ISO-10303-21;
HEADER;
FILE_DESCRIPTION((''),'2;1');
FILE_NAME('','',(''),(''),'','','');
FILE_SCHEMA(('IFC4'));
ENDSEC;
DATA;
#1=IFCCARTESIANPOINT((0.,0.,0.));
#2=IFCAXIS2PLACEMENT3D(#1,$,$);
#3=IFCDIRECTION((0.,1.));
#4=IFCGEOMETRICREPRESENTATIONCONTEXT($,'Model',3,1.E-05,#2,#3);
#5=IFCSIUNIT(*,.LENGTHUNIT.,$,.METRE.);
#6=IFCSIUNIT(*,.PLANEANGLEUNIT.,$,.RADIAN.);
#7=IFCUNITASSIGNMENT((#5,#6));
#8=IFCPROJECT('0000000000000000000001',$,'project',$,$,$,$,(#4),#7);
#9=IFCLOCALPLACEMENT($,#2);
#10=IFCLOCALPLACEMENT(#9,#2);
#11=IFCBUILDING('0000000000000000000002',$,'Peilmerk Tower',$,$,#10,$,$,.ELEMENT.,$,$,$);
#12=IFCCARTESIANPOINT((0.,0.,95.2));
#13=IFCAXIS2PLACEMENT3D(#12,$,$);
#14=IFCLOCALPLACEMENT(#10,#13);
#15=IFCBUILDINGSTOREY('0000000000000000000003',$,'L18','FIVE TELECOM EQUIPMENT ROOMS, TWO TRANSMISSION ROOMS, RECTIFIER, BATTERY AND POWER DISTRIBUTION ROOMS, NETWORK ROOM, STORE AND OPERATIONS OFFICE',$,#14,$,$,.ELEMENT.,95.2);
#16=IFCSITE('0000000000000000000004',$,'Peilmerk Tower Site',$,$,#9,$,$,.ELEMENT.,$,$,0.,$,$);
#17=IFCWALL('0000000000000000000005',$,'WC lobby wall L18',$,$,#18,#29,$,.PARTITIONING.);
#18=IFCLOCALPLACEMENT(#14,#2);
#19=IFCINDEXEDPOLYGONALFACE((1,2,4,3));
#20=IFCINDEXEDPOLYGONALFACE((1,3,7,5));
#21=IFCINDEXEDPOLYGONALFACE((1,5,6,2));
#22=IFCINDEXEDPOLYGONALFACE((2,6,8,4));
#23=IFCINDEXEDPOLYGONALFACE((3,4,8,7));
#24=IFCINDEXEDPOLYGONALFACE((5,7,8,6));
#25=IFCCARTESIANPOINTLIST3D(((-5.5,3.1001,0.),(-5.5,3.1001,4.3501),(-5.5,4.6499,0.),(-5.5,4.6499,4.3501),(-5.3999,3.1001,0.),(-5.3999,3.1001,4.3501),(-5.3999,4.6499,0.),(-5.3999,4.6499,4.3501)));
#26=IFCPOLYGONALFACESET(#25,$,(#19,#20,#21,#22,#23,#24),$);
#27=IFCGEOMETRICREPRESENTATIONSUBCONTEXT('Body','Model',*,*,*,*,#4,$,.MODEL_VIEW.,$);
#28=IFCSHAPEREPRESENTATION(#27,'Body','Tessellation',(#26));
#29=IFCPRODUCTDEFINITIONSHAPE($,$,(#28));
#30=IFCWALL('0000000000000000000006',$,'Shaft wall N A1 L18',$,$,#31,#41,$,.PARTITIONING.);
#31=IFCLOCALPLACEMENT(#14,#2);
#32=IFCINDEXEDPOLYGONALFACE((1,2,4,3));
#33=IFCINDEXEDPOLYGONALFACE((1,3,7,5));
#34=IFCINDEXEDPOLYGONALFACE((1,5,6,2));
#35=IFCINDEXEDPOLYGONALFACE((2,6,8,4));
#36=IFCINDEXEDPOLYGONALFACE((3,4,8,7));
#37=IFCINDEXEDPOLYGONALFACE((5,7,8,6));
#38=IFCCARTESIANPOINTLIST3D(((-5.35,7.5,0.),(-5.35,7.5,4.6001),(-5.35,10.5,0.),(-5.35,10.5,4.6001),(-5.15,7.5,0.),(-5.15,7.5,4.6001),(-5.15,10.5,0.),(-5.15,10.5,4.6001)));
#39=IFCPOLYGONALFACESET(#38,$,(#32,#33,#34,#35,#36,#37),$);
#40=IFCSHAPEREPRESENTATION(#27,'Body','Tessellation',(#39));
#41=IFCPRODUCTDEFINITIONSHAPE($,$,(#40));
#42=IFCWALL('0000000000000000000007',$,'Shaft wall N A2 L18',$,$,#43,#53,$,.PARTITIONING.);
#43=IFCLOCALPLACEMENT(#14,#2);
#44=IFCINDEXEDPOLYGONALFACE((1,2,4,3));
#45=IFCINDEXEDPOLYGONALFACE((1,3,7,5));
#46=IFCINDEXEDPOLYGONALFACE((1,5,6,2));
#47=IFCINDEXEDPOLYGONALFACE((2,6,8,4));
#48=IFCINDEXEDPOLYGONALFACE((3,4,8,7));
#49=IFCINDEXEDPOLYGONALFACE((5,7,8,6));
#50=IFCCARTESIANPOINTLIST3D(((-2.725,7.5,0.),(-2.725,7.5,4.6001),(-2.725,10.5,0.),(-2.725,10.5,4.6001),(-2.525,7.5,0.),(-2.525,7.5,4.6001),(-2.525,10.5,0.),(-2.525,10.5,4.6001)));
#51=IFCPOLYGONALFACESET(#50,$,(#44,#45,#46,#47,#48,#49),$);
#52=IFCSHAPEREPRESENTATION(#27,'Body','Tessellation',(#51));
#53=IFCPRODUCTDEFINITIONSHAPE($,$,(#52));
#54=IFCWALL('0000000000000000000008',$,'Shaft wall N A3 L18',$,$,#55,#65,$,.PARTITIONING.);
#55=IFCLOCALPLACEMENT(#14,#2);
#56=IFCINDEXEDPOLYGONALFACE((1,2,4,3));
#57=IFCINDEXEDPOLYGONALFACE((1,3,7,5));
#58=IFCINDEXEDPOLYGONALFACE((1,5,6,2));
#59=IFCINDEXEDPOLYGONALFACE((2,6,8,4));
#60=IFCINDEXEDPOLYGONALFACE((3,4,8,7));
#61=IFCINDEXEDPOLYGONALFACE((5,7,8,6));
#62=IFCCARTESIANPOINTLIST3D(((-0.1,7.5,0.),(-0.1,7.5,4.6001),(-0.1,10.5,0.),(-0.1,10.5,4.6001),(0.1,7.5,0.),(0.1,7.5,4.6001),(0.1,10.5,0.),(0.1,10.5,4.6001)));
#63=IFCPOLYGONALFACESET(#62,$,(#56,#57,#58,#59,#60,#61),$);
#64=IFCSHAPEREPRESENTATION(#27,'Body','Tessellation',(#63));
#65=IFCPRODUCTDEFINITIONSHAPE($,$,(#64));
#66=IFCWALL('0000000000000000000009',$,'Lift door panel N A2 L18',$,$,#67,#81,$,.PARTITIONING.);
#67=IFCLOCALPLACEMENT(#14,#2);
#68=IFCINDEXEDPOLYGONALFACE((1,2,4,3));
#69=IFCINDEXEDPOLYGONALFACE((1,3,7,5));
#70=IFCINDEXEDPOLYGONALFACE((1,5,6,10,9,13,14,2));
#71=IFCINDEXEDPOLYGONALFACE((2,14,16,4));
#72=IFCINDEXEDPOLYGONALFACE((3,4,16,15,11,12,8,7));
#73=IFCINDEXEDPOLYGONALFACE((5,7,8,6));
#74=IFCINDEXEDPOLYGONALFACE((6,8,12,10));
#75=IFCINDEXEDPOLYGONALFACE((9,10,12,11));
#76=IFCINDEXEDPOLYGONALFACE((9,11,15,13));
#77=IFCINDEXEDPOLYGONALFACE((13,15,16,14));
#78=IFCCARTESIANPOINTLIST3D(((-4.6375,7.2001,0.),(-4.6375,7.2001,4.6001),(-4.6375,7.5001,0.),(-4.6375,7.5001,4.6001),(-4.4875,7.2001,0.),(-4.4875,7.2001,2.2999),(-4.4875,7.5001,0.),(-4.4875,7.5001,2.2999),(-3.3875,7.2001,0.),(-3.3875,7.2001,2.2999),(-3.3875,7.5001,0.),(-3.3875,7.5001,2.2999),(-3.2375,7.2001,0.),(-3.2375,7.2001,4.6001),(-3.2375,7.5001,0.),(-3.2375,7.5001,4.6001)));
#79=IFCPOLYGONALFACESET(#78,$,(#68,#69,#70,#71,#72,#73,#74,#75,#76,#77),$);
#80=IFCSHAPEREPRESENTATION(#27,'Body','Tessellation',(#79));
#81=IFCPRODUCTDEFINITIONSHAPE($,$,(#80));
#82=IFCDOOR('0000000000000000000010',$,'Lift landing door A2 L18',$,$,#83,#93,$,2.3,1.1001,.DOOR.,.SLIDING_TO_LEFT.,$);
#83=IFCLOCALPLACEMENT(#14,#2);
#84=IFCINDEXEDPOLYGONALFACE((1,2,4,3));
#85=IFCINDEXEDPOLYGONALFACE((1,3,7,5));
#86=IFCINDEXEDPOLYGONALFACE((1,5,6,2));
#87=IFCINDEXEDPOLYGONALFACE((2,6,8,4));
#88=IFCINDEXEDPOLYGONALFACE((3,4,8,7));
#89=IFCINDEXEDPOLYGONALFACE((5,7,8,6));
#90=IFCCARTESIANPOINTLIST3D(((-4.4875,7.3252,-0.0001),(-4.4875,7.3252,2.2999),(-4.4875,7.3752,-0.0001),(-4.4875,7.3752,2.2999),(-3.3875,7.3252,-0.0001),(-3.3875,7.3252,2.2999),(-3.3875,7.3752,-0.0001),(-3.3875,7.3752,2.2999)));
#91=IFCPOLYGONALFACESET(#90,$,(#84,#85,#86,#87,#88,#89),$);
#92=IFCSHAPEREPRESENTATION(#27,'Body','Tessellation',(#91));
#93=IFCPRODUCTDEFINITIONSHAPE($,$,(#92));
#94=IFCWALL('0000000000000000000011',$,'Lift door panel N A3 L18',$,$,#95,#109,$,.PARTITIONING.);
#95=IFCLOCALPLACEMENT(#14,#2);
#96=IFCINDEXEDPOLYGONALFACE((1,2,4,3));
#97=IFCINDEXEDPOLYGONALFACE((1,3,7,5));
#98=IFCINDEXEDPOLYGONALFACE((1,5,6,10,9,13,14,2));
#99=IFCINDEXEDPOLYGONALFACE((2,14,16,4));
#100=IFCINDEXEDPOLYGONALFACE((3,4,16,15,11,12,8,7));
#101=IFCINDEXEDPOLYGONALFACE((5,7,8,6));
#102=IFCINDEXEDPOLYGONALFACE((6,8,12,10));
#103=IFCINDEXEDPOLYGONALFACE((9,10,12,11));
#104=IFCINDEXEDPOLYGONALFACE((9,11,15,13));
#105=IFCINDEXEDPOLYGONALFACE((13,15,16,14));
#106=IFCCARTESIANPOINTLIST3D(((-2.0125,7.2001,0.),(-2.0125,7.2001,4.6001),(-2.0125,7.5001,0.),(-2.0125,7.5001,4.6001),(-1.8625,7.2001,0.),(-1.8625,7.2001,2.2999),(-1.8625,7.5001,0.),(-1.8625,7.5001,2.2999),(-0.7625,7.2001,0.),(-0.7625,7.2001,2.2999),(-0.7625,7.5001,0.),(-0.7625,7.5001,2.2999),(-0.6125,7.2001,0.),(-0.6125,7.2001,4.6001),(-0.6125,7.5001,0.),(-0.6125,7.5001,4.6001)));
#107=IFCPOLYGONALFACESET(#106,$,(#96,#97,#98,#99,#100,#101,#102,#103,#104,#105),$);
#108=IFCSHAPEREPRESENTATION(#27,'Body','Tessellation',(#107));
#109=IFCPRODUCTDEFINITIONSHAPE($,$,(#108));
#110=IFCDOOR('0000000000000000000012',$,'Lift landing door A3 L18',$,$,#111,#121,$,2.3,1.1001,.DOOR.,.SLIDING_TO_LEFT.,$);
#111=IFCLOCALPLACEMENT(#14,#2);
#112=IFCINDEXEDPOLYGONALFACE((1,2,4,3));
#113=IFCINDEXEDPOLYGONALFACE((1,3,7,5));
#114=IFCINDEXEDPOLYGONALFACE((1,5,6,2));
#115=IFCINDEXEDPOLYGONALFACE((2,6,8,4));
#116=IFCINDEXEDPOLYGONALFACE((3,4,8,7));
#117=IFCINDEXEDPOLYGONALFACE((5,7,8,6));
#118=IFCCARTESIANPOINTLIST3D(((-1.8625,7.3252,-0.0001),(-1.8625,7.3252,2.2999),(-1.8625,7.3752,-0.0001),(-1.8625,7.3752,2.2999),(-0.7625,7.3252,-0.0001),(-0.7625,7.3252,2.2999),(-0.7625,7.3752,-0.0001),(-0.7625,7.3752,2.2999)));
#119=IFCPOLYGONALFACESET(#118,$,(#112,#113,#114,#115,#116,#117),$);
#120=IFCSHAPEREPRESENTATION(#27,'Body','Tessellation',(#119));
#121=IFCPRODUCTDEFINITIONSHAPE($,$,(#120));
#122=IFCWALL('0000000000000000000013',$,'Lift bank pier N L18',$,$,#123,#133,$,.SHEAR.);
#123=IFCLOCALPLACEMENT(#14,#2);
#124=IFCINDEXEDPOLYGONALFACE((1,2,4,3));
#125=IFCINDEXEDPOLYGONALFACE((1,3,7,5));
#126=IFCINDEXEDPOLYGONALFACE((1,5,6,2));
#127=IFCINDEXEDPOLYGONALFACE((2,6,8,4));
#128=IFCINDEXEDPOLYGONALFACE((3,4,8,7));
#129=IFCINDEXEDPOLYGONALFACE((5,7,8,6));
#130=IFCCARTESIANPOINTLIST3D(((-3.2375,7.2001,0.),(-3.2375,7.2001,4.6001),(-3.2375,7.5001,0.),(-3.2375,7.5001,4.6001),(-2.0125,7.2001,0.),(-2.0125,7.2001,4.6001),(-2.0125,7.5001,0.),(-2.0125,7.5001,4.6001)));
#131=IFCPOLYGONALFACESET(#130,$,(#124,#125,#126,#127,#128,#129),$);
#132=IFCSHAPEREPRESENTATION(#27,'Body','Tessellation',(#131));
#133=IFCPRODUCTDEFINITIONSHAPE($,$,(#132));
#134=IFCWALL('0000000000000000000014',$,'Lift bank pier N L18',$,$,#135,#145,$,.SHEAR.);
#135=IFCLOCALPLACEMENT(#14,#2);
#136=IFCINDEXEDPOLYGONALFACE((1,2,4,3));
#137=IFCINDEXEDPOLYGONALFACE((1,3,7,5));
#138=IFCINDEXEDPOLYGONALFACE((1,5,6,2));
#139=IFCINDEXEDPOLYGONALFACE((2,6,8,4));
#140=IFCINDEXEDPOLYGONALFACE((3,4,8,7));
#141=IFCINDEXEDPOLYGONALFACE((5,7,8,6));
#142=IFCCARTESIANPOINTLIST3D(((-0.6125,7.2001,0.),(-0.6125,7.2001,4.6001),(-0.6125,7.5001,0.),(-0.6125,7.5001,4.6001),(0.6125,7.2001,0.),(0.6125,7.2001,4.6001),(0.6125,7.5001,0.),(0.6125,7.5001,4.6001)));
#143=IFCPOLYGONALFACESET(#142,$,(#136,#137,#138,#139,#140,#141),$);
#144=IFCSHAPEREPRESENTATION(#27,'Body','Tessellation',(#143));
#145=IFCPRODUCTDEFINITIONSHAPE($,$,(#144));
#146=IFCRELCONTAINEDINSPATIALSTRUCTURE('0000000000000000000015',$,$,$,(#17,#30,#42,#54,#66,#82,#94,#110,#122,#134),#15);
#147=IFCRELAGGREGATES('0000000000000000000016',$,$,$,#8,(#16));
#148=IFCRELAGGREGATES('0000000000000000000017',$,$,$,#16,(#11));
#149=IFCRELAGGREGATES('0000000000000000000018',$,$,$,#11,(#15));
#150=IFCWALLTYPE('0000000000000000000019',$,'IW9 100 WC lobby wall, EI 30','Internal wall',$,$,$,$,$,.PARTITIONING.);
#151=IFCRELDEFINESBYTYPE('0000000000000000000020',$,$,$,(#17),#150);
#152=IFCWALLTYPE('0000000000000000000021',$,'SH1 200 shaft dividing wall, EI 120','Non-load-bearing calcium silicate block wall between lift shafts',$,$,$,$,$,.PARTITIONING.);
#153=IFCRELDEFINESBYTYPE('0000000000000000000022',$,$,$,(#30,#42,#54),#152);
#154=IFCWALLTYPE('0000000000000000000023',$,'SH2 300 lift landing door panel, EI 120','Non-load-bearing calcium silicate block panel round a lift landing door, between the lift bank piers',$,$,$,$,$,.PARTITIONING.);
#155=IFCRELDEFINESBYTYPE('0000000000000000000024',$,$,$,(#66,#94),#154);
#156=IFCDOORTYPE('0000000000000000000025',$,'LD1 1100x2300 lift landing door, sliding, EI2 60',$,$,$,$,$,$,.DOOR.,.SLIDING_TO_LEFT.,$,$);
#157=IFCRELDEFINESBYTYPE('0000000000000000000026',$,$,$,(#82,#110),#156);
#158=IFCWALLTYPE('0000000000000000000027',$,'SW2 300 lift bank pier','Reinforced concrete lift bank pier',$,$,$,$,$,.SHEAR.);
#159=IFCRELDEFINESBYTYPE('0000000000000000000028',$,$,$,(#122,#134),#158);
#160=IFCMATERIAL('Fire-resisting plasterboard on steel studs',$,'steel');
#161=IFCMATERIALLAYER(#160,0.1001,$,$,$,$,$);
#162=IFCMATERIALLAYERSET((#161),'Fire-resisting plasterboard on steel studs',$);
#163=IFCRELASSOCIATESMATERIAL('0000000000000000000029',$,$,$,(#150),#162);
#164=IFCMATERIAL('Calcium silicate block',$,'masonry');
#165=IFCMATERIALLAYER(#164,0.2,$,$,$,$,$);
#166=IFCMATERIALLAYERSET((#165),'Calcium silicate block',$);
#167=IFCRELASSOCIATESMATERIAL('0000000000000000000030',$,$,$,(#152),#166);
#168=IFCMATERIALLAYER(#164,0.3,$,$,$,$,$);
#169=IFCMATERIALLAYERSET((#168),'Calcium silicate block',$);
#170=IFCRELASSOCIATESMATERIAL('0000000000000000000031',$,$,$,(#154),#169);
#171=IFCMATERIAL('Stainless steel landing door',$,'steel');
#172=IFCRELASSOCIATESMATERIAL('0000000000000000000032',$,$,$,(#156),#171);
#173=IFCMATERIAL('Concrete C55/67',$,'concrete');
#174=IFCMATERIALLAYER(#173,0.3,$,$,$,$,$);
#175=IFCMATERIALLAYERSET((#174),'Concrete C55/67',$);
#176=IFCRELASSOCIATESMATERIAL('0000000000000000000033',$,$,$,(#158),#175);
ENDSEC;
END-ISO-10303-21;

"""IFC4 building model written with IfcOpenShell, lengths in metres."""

from ifc_helpers import new_model, si_unit, direction, frame, frame_2d, origin, place, context, subcontext, project, spatial, rectangle, extrude, material, layer, layer_set, type_object, element, fill, save


model = new_model("IFC4")

# Units and contexts
model_context = context("Model", 3, precision=1e-05, world=origin(), true_north=direction((0.0, 1.0)))
body_context = subcontext(model_context, "Body", "Model", "MODEL_VIEW")
ifc_project = project(units=[si_unit("LENGTHUNIT", "METRE"), si_unit("PLANEANGLEUNIT", "RADIAN")], contexts=[model_context])

# Site, building, storey
site_placement = place(None, origin())
site = spatial("IfcSite", under=ifc_project, at=site_placement, Name="Peilmerk Tower Site", CompositionType="ELEMENT", RefElevation=0.0)
building_placement = place(site_placement, origin())
building = spatial("IfcBuilding", under=site, at=building_placement, Name="Peilmerk Tower", CompositionType="ELEMENT")
storey_placement = place(building_placement, frame((0.0, 0.0, 95.2)))
storey = spatial("IfcBuildingStorey", under=building, at=storey_placement, Name="L18", Description="FIVE TELECOM EQUIPMENT ROOMS, TWO TRANSMISSION ROOMS, RECTIFIER, BATTERY AND POWER DISTRIBUTION ROOMS, NETWORK ROOM, STORE AND OPERATIONS OFFICE", CompositionType="ELEMENT", Elevation=95.2)

# Shared definitions
ifc_material_1 = material(Name="Concrete C55/67", Category="concrete")

# Shared definitions
ifc_material_2 = material(Name="Fire-resisting plasterboard on steel studs", Category="steel")
ifc_layer_1 = layer(ifc_material_2, 0.1001)
ifc_layer_set_1 = layer_set([ifc_layer_1], Name="Fire-resisting plasterboard on steel studs")
wall_type_1 = type_object("IfcWallType", Name="IW9 100 WC lobby wall, EI 30", Description="Internal wall", PredefinedType="PARTITIONING", material=ifc_layer_set_1)

# Walls
wall_1_placement = place(storey_placement, frame((-5.45, 3.1001, 0.0), z_axis=(0.0, 0.0, 1.0), x_axis=(0.0, 1.0, 0.0)))
element("IfcWall", 1, at=wall_1_placement, inside=storey, type_object=wall_type_1, Name="WC lobby wall L18", PredefinedType="PARTITIONING", context=body_context, shape_type="SweptSolid", body=[
    extrude(rectangle(XDim=1.5498, YDim=0.1001, at=frame_2d((0.7749, 0.0))), origin(), (0.0, 0.0, 1.0), 4.3501),
])
ifc_material_3 = material(Name="Calcium silicate block", Category="masonry")
ifc_layer_2 = layer(ifc_material_3, 0.2)
ifc_layer_set_2 = layer_set([ifc_layer_2], Name="Calcium silicate block")
wall_type_2 = type_object("IfcWallType", Name="SH1 200 shaft dividing wall, EI 120", Description="Non-load-bearing calcium silicate block wall between lift shafts", PredefinedType="PARTITIONING", material=ifc_layer_set_2)
for number, where, z_axis, x_axis, name in (
    (2, (-5.25, 7.5, 0.0), (0.0, 0.0, 1.0), (0.0, 1.0, 0.0), "Shaft wall N A1 L18"),
    (3, (-2.625, 7.5, 0.0), (0.0, 0.0, 1.0), (0.0, 1.0, 0.0), "Shaft wall N A2 L18"),
    (4, (0.0, 7.5, 0.0), (0.0, 0.0, 1.0), (0.0, 1.0, 0.0), "Shaft wall N A3 L18"),
):
    element("IfcWall", number, at=place(storey_placement, frame(where, z_axis=z_axis, x_axis=x_axis)), inside=storey, type_object=wall_type_2, Name=name, PredefinedType="PARTITIONING", context=body_context, shape_type="SweptSolid", body=[
        extrude(rectangle(XDim=3.0, YDim=0.2, at=frame_2d((1.5, 0.0))), origin(), (0.0, 0.0, 1.0), 4.6001),
    ])

# Walls, openings, doors
ifc_layer_3 = layer(ifc_material_3, 0.3)
ifc_layer_set_3 = layer_set([ifc_layer_3], Name="Calcium silicate block")
wall_type_3 = type_object("IfcWallType", Name="SH2 300 lift landing door panel, EI 120", Description="Non-load-bearing calcium silicate block panel round a lift landing door, between the lift bank piers", PredefinedType="PARTITIONING", material=ifc_layer_set_3)
wall_2_placement = place(storey_placement, frame((-4.6375, 7.3501, 0.0), z_axis=(0.0, 0.0, 1.0), x_axis=(1.0, 0.0, 0.0)))
wall_2 = element("IfcWall", 5, at=wall_2_placement, inside=storey, type_object=wall_type_3, Name="Lift door panel N A2 L18", PredefinedType="PARTITIONING", context=body_context, shape_type="SweptSolid", body=[
    extrude(rectangle(XDim=1.3999, YDim=0.3, at=frame_2d((0.7, 0.0))), origin(), (0.0, 0.0, 1.0), 4.6001),
])
opening_1_placement = place(wall_2_placement, frame((0.1499, 0.0, 0.0)))
opening_1 = element("IfcOpeningElement", 6, at=opening_1_placement, cuts=wall_2, PredefinedType="OPENING", context=body_context, shape_type="SweptSolid", body=[
    extrude(rectangle(XDim=1.1001, YDim=2.3, at=frame_2d((0.55, 1.1499))), frame((0.0, 0.1599, 0.0), z_axis=(0.0, -1.0, 0.0), x_axis=(1.0, 0.0, 0.0)), (0.0, 0.0, 1.0), 0.3201),
])
ifc_material_4 = material(Name="Stainless steel landing door", Category="steel")
door_type_1 = type_object("IfcDoorType", Name="LD1 1100x2300 lift landing door, sliding, EI2 60", OperationType="SLIDING_TO_LEFT", PredefinedType="DOOR", material=ifc_material_4)
door_1_placement = place(opening_1_placement, frame((1.1001, 0.0, 0.0), z_axis=(0.0, 0.0, 1.0), x_axis=(-1.0, 0.0, 0.0)))
door_1 = element("IfcDoor", 7, at=door_1_placement, inside=storey, type_object=door_type_1, Name="Lift landing door A2 L18", OperationType="SLIDING_TO_LEFT", OverallHeight=2.3, OverallWidth=1.1001, PredefinedType="DOOR", context=body_context, shape_type="SweptSolid", body=[
    extrude(rectangle(XDim=1.1001, YDim=2.3, at=frame_2d((0.55, 1.1499))), frame((0.0, 0.0249, 0.0), z_axis=(0.0, -1.0, 0.0), x_axis=(1.0, 0.0, 0.0)), (0.0, 0.0, 1.0), 0.05),
])
fill(opening_1, door_1)
wall_3_placement = place(storey_placement, frame((-2.0125, 7.3501, 0.0), z_axis=(0.0, 0.0, 1.0), x_axis=(1.0, 0.0, 0.0)))
wall_3 = element("IfcWall", 8, at=wall_3_placement, inside=storey, type_object=wall_type_3, Name="Lift door panel N A3 L18", PredefinedType="PARTITIONING", context=body_context, shape_type="SweptSolid", body=[
    extrude(rectangle(XDim=1.3999, YDim=0.3, at=frame_2d((0.7, 0.0))), origin(), (0.0, 0.0, 1.0), 4.6001),
])
opening_2_placement = place(wall_3_placement, frame((0.1499, 0.0, 0.0)))
opening_2 = element("IfcOpeningElement", 9, at=opening_2_placement, cuts=wall_3, PredefinedType="OPENING", context=body_context, shape_type="SweptSolid", body=[
    extrude(rectangle(XDim=1.1001, YDim=2.3, at=frame_2d((0.55, 1.1499))), frame((0.0, 0.1599, 0.0), z_axis=(0.0, -1.0, 0.0), x_axis=(1.0, 0.0, 0.0)), (0.0, 0.0, 1.0), 0.3201),
])
door_2_placement = place(opening_2_placement, frame((1.1001, 0.0, 0.0), z_axis=(0.0, 0.0, 1.0), x_axis=(-1.0, 0.0, 0.0)))
door_2 = element("IfcDoor", 10, at=door_2_placement, inside=storey, type_object=door_type_1, Name="Lift landing door A3 L18", OperationType="SLIDING_TO_LEFT", OverallHeight=2.3, OverallWidth=1.1001, PredefinedType="DOOR", context=body_context, shape_type="SweptSolid", body=[
    extrude(rectangle(XDim=1.1001, YDim=2.3, at=frame_2d((0.55, 1.1499))), frame((0.0, 0.0249, 0.0), z_axis=(0.0, -1.0, 0.0), x_axis=(1.0, 0.0, 0.0)), (0.0, 0.0, 1.0), 0.05),
])
fill(opening_2, door_2)

# Walls
ifc_layer_4 = layer(ifc_material_1, 0.3)
ifc_layer_set_4 = layer_set([ifc_layer_4], Name="Concrete C55/67")
wall_type_4 = type_object("IfcWallType", Name="SW2 300 lift bank pier", Description="Reinforced concrete lift bank pier", PredefinedType="SHEAR", material=ifc_layer_set_4)
for number, where, z_axis, x_axis, name in (
    (11, (-3.2375, 7.3501, 0.0), (0.0, 0.0, 1.0), (1.0, 0.0, 0.0), "Lift bank pier N L18"),
    (12, (-0.6125, 7.3501, 0.0), (0.0, 0.0, 1.0), (1.0, 0.0, 0.0), "Lift bank pier N L18"),
):
    element("IfcWall", number, at=place(storey_placement, frame(where, z_axis=z_axis, x_axis=x_axis)), inside=storey, type_object=wall_type_4, Name=name, PredefinedType="SHEAR", context=body_context, shape_type="SweptSolid", body=[
        extrude(rectangle(XDim=1.2251, YDim=0.3, at=frame_2d((0.6125, 0.0))), origin(), (0.0, 0.0, 1.0), 4.6001),
    ])

save(model, "model.ifc")
